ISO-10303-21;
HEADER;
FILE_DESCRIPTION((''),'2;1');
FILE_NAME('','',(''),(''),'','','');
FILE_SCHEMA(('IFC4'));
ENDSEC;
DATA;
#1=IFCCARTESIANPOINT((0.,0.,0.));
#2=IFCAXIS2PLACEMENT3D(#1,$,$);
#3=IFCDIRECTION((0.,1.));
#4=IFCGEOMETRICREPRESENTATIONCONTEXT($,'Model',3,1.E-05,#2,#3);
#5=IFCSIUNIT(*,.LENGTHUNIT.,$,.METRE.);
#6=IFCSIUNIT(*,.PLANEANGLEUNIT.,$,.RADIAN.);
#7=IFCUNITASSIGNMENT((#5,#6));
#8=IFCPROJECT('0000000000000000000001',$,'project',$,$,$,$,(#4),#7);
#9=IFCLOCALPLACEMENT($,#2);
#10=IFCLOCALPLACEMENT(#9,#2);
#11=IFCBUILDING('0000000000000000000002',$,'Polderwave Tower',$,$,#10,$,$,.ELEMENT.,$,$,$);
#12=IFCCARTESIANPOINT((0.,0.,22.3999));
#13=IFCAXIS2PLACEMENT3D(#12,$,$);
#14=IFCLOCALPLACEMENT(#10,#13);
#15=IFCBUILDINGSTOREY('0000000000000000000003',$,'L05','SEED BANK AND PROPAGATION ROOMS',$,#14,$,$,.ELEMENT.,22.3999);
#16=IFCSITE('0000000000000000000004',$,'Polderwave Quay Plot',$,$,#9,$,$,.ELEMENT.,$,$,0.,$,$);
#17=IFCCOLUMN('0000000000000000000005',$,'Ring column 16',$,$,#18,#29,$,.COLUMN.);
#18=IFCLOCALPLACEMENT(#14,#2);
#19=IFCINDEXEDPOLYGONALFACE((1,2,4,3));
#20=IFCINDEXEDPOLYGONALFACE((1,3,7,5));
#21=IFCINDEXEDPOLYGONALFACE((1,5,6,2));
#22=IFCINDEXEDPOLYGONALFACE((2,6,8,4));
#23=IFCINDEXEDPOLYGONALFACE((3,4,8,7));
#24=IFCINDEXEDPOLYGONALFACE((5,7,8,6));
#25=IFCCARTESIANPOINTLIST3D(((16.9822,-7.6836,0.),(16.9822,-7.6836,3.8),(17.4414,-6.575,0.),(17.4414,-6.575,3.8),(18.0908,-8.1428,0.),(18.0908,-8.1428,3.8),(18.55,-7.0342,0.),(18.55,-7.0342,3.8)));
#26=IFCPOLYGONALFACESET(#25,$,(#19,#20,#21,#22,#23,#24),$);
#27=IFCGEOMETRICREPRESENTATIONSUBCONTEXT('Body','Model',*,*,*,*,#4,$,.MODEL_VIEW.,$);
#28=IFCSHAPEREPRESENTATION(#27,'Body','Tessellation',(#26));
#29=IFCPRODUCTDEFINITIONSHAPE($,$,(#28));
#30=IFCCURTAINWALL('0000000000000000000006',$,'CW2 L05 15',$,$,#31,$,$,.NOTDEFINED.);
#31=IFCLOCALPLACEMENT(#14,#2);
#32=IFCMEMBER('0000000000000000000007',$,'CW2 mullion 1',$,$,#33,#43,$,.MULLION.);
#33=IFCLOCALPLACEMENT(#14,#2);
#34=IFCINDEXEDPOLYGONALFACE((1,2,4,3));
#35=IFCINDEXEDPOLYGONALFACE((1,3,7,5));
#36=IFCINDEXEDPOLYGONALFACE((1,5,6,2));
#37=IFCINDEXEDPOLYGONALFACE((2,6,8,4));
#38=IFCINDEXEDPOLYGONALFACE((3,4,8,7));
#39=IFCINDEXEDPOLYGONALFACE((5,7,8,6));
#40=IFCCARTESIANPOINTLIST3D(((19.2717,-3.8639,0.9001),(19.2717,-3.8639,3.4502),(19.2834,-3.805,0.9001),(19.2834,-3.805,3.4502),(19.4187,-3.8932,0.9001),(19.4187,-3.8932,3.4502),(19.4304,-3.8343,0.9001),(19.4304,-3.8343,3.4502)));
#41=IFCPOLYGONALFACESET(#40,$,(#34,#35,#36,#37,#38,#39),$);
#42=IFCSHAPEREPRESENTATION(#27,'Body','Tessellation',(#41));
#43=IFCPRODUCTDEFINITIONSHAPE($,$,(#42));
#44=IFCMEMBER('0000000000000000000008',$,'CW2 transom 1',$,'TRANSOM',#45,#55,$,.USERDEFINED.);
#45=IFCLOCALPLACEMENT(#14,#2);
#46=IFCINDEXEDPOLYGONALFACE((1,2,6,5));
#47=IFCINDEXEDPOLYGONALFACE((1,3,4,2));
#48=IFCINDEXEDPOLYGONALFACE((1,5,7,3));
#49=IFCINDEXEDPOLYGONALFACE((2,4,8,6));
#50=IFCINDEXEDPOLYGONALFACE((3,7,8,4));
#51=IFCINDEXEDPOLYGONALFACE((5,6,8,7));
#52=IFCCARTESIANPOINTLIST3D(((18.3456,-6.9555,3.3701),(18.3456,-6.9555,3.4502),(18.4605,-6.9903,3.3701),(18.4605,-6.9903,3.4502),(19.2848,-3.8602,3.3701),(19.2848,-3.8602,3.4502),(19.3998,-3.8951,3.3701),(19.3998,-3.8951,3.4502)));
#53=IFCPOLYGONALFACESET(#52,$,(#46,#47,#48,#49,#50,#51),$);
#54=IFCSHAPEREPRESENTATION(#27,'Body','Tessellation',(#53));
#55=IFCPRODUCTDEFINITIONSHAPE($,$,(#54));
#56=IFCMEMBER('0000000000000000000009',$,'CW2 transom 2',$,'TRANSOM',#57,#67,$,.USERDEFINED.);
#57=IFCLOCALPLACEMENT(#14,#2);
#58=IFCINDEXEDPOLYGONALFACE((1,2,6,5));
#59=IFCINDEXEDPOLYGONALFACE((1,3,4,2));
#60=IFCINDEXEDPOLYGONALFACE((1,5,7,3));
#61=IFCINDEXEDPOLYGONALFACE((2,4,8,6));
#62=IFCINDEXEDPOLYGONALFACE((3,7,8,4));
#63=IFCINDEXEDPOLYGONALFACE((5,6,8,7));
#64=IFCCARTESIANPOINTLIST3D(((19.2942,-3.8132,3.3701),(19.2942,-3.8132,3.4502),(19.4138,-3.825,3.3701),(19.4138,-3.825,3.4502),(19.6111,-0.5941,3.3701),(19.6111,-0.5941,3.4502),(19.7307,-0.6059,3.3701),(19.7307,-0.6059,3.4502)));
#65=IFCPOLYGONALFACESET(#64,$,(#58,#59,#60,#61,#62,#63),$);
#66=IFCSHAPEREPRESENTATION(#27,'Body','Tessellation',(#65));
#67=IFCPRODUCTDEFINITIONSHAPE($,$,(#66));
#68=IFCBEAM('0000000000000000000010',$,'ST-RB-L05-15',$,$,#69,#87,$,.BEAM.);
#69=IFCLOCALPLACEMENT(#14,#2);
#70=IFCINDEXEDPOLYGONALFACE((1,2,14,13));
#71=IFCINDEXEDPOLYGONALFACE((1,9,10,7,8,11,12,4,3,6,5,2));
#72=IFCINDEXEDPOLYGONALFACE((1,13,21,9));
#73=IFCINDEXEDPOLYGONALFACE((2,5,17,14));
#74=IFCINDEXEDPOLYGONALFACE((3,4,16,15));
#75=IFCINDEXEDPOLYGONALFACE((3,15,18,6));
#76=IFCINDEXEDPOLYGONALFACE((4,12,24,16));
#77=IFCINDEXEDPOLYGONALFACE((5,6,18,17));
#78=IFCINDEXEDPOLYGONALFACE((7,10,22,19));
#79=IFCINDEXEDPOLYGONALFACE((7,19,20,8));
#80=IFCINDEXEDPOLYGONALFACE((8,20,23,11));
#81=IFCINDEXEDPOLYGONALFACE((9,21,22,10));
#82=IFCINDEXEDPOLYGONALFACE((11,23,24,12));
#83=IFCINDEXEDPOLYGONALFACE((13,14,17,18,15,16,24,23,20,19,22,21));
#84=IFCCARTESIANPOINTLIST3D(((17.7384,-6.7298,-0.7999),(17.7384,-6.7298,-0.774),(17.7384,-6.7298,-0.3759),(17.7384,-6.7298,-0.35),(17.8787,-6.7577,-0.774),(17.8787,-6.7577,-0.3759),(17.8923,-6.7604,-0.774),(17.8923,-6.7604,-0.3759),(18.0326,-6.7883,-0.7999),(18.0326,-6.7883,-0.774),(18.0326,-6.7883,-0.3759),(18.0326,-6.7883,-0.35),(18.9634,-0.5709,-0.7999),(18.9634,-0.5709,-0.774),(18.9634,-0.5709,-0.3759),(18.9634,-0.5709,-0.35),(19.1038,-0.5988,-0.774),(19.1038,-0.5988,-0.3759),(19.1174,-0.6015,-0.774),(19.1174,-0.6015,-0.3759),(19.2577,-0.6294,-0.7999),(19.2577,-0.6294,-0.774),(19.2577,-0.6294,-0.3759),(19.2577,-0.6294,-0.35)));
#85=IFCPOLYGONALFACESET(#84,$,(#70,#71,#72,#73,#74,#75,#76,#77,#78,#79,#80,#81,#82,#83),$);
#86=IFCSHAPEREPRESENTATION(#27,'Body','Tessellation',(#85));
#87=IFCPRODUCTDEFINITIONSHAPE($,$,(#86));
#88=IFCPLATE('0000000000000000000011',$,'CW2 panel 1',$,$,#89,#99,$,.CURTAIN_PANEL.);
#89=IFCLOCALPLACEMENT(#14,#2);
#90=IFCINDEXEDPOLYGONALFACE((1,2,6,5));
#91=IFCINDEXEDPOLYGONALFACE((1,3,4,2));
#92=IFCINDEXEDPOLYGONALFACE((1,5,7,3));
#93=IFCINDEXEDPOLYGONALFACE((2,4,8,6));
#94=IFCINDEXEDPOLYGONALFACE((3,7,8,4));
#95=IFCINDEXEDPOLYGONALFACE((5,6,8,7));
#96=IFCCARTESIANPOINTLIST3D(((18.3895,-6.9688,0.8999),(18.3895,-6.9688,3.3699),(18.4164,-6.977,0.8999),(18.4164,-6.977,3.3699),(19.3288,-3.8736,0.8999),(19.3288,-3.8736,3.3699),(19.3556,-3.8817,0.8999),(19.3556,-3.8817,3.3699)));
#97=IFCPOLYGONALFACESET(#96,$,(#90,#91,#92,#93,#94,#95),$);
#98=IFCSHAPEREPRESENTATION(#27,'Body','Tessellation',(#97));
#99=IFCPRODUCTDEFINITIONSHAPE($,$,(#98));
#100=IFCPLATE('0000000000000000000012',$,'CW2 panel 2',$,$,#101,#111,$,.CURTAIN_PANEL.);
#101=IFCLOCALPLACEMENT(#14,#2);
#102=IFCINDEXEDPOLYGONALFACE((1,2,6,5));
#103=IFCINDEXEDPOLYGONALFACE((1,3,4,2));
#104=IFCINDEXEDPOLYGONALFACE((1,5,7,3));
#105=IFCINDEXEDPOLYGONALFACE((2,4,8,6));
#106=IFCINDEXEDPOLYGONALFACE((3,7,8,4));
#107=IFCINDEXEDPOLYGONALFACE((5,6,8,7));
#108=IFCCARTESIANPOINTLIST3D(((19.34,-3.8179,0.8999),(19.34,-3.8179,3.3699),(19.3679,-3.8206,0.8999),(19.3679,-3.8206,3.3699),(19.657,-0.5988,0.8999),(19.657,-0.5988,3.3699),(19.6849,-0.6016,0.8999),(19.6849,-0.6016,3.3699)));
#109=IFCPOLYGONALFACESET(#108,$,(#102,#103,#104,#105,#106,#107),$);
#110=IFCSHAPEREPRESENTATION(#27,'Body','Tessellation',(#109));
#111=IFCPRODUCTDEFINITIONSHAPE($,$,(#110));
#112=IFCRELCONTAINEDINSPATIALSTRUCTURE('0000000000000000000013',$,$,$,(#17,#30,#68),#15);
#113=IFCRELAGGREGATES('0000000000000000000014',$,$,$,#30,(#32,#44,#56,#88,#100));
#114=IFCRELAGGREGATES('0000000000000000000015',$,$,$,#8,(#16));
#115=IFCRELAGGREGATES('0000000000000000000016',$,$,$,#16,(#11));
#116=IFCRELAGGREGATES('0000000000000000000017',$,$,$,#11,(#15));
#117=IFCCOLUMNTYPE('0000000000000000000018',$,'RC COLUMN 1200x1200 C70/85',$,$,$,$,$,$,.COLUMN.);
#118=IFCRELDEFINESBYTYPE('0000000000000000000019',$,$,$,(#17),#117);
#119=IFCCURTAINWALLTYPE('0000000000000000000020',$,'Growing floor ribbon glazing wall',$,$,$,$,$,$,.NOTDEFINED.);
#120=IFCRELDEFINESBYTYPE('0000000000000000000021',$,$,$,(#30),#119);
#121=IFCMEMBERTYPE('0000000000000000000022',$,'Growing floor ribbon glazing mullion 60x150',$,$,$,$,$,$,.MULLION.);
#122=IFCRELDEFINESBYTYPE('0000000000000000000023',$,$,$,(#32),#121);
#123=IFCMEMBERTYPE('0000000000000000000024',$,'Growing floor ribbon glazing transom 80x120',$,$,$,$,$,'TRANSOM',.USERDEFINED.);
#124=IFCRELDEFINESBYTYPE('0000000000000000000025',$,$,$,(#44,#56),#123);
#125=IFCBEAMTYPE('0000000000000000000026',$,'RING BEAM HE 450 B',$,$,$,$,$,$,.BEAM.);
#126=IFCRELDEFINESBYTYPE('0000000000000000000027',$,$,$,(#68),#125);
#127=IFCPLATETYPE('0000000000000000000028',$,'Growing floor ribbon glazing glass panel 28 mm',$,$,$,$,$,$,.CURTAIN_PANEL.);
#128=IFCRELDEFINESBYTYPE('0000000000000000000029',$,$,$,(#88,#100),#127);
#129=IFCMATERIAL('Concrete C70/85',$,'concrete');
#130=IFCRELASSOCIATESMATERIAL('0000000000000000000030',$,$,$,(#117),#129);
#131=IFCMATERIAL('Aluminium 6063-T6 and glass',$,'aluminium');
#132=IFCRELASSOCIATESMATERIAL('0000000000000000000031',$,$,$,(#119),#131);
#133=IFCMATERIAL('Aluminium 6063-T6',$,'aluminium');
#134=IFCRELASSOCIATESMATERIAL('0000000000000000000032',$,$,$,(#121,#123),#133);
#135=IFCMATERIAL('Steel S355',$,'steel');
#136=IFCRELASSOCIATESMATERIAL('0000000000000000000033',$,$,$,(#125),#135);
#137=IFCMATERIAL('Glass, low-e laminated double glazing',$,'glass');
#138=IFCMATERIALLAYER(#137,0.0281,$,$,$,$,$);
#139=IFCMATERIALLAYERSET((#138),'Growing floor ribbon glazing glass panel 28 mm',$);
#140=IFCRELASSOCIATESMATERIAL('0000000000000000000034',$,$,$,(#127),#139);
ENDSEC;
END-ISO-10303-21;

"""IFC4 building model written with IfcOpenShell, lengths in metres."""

from ifc_helpers import new_model, si_unit, direction, frame, origin, origin_2d, place, context, subcontext, project, spatial, rectangle, i_section, extrude, material, layer, layer_set, material_profile, profile_set, type_object, element, aggregate, save


model = new_model("IFC4")

# Units and contexts
model_context = context("Model", 3, precision=1e-05, world=origin(), true_north=direction((0.0, 1.0)))
body_context = subcontext(model_context, "Body", "Model", "MODEL_VIEW")
ifc_project = project(units=[si_unit("LENGTHUNIT", "METRE"), si_unit("PLANEANGLEUNIT", "RADIAN")], contexts=[model_context])

# Site, building, storey
site_placement = place(None, origin())
site = spatial("IfcSite", under=ifc_project, at=site_placement, Name="Polderwave Quay Plot", CompositionType="ELEMENT", RefElevation=0.0)
building_placement = place(site_placement, origin())
building = spatial("IfcBuilding", under=site, at=building_placement, Name="Polderwave Tower", CompositionType="ELEMENT")
storey_placement = place(building_placement, frame((0.0, 0.0, 22.3999)))
storey = spatial("IfcBuildingStorey", under=building, at=storey_placement, Name="L05", Description="SEED BANK AND PROPAGATION ROOMS", CompositionType="ELEMENT", Elevation=22.3999)

# Column
ifc_material_1 = material(Name="Concrete C70/85", Category="concrete")
ifc_material_profile_1 = material_profile(ifc_material_1, rectangle(XDim=1.2, YDim=1.2, at=origin_2d()), Name="RC 1200x1200")
ifc_profile_set_1 = profile_set([ifc_material_profile_1], Name="Concrete C70/85")
column_type = type_object("IfcColumnType", Name="RC COLUMN 1200x1200 C70/85", PredefinedType="COLUMN", material=ifc_profile_set_1)
column_placement = place(storey_placement, frame((17.7661, -7.3589, 0.0), z_axis=(0.0, 0.0, 1.0), x_axis=(0.92388, -0.382683, 0.0)))
element("IfcColumn", 1, at=column_placement, inside=storey, type_object=column_type, Name="Ring column 16", PredefinedType="COLUMN", context=body_context, shape_type="SweptSolid", body=[
    extrude(rectangle(XDim=1.2, YDim=1.2, at=origin_2d()), origin(), (0.0, 0.0, 1.0), 3.8),
])

# Curtain wall, members
ifc_material_2 = material(Name="Aluminium 6063-T6 and glass", Category="aluminium")
curtain_wall_type = type_object("IfcCurtainWallType", Name="Growing floor ribbon glazing wall", PredefinedType="NOTDEFINED", material=ifc_material_2)
curtain_wall_placement = place(storey_placement, origin())
curtain_wall = element("IfcCurtainWall", 2, at=curtain_wall_placement, inside=storey, type_object=curtain_wall_type, Name="CW2 L05 15", PredefinedType="NOTDEFINED")
ifc_material_3 = material(Name="Aluminium 6063-T6", Category="aluminium")
ifc_material_profile_2 = material_profile(ifc_material_3, rectangle(XDim=0.1499, YDim=0.0601, at=origin_2d()), Name="AL 60x150")
ifc_profile_set_2 = profile_set([ifc_material_profile_2], Name="Aluminium 6063-T6")
member_type_1 = type_object("IfcMemberType", Name="Growing floor ribbon glazing mullion 60x150", PredefinedType="MULLION", material=ifc_profile_set_2)
member_1_placement = place(storey_placement, frame((19.3511, -3.8491, 0.9001), z_axis=(0.0, 0.0, 1.0), x_axis=(-0.980775, 0.19514, 0.0)))
member_1 = element("IfcMember", 3, at=member_1_placement, type_object=member_type_1, Name="CW2 mullion 1", PredefinedType="MULLION", context=body_context, shape_type="SweptSolid", body=[
    extrude(rectangle(XDim=0.1499, YDim=0.0601, at=origin_2d()), origin(), (0.0, 0.0, 1.0), 2.55),
])
ifc_material_profile_3 = material_profile(ifc_material_3, rectangle(XDim=0.1201, YDim=0.0801, at=origin_2d()), Name="AL 80x120")
ifc_profile_set_3 = profile_set([ifc_material_profile_3], Name="Aluminium 6063-T6")
member_type_2 = type_object("IfcMemberType", Name="Growing floor ribbon glazing transom 80x120", ElementType="TRANSOM", PredefinedType="USERDEFINED", material=ifc_profile_set_3)
member_2_placement = place(storey_placement, frame((18.4031, -6.9729, 3.4102), z_axis=(0.290366, 0.956916, 0.0), x_axis=(-0.956916, 0.290366, 0.0)))
member_2 = element("IfcMember", 4, at=member_2_placement, type_object=member_type_2, Name="CW2 transom 1", ObjectType="TRANSOM", PredefinedType="USERDEFINED", context=body_context, shape_type="SweptSolid", body=[
    extrude(rectangle(XDim=0.1201, YDim=0.0801, at=origin_2d()), origin(), (0.0, 0.0, 1.0), 3.2346),
])
member_3_placement = place(storey_placement, frame((19.354, -3.8191, 3.4102), z_axis=(0.097972, 0.995189, 0.0), x_axis=(-0.995189, 0.097972, 0.0)))
member_3 = element("IfcMember", 5, at=member_3_placement, type_object=member_type_2, Name="CW2 transom 2", ObjectType="TRANSOM", PredefinedType="USERDEFINED", context=body_context, shape_type="SweptSolid", body=[
    extrude(rectangle(XDim=0.1201, YDim=0.0801, at=origin_2d()), origin(), (0.0, 0.0, 1.0), 3.2346),
])

# Beam
ifc_material_4 = material(Name="Steel S355", Category="steel")
ifc_material_profile_4 = material_profile(ifc_material_4, i_section(OverallWidth=0.3, OverallDepth=0.45, WebThickness=0.0139, FlangeThickness=0.0259, at=origin_2d()), Name="HE 450 B")
ifc_profile_set_4 = profile_set([ifc_material_profile_4], Name="Steel S355")
beam_type = type_object("IfcBeamType", Name="RING BEAM HE 450 B", PredefinedType="BEAM", material=ifc_profile_set_4)
beam_placement = place(storey_placement, frame((17.8855, -6.759, -0.575), z_axis=(0.195092, 0.980785, 0.0), x_axis=(-0.980785, 0.195092, 0.0)))
element("IfcBeam", 6, at=beam_placement, inside=storey, type_object=beam_type, Name="ST-RB-L05-15", PredefinedType="BEAM", context=body_context, shape_type="SweptSolid", body=[
    extrude(i_section(OverallWidth=0.3, OverallDepth=0.45, WebThickness=0.0139, FlangeThickness=0.0259, at=origin_2d()), origin(), (0.0, 0.0, 1.0), 6.2795),
])

# Plates
ifc_material_5 = material(Name="Glass, low-e laminated double glazing", Category="glass")
ifc_layer_1 = layer(ifc_material_5, 0.0281)
ifc_layer_set_1 = layer_set([ifc_layer_1], Name="Growing floor ribbon glazing glass panel 28 mm")
plate_type = type_object("IfcPlateType", Name="Growing floor ribbon glazing glass panel 28 mm", PredefinedType="CURTAIN_PANEL", material=ifc_layer_set_1)
plate_1_placement = place(storey_placement, frame((18.8726, -5.4253, 0.8999), z_axis=(0.0, 0.0, 1.0), x_axis=(0.290382, 0.956911, 0.0)))
plate_1 = element("IfcPlate", 7, at=plate_1_placement, type_object=plate_type, Name="CW2 panel 1", PredefinedType="CURTAIN_PANEL", context=body_context, shape_type="SweptSolid", body=[
    extrude(rectangle(XDim=3.2346, YDim=0.0281, at=origin_2d()), origin(), (0.0, 0.0, 1.0), 2.47),
])
plate_2_placement = place(storey_placement, frame((19.5125, -2.2097, 0.8999), z_axis=(0.0, 0.0, 1.0), x_axis=(0.098017, 0.995185, 0.0)))
plate_2 = element("IfcPlate", 8, at=plate_2_placement, type_object=plate_type, Name="CW2 panel 2", PredefinedType="CURTAIN_PANEL", context=body_context, shape_type="SweptSolid", body=[
    extrude(rectangle(XDim=3.2346, YDim=0.0281, at=origin_2d()), origin(), (0.0, 0.0, 1.0), 2.47),
])
aggregate(curtain_wall, [member_1, member_2, member_3, plate_1, plate_2])

save(model, "model.ifc")
